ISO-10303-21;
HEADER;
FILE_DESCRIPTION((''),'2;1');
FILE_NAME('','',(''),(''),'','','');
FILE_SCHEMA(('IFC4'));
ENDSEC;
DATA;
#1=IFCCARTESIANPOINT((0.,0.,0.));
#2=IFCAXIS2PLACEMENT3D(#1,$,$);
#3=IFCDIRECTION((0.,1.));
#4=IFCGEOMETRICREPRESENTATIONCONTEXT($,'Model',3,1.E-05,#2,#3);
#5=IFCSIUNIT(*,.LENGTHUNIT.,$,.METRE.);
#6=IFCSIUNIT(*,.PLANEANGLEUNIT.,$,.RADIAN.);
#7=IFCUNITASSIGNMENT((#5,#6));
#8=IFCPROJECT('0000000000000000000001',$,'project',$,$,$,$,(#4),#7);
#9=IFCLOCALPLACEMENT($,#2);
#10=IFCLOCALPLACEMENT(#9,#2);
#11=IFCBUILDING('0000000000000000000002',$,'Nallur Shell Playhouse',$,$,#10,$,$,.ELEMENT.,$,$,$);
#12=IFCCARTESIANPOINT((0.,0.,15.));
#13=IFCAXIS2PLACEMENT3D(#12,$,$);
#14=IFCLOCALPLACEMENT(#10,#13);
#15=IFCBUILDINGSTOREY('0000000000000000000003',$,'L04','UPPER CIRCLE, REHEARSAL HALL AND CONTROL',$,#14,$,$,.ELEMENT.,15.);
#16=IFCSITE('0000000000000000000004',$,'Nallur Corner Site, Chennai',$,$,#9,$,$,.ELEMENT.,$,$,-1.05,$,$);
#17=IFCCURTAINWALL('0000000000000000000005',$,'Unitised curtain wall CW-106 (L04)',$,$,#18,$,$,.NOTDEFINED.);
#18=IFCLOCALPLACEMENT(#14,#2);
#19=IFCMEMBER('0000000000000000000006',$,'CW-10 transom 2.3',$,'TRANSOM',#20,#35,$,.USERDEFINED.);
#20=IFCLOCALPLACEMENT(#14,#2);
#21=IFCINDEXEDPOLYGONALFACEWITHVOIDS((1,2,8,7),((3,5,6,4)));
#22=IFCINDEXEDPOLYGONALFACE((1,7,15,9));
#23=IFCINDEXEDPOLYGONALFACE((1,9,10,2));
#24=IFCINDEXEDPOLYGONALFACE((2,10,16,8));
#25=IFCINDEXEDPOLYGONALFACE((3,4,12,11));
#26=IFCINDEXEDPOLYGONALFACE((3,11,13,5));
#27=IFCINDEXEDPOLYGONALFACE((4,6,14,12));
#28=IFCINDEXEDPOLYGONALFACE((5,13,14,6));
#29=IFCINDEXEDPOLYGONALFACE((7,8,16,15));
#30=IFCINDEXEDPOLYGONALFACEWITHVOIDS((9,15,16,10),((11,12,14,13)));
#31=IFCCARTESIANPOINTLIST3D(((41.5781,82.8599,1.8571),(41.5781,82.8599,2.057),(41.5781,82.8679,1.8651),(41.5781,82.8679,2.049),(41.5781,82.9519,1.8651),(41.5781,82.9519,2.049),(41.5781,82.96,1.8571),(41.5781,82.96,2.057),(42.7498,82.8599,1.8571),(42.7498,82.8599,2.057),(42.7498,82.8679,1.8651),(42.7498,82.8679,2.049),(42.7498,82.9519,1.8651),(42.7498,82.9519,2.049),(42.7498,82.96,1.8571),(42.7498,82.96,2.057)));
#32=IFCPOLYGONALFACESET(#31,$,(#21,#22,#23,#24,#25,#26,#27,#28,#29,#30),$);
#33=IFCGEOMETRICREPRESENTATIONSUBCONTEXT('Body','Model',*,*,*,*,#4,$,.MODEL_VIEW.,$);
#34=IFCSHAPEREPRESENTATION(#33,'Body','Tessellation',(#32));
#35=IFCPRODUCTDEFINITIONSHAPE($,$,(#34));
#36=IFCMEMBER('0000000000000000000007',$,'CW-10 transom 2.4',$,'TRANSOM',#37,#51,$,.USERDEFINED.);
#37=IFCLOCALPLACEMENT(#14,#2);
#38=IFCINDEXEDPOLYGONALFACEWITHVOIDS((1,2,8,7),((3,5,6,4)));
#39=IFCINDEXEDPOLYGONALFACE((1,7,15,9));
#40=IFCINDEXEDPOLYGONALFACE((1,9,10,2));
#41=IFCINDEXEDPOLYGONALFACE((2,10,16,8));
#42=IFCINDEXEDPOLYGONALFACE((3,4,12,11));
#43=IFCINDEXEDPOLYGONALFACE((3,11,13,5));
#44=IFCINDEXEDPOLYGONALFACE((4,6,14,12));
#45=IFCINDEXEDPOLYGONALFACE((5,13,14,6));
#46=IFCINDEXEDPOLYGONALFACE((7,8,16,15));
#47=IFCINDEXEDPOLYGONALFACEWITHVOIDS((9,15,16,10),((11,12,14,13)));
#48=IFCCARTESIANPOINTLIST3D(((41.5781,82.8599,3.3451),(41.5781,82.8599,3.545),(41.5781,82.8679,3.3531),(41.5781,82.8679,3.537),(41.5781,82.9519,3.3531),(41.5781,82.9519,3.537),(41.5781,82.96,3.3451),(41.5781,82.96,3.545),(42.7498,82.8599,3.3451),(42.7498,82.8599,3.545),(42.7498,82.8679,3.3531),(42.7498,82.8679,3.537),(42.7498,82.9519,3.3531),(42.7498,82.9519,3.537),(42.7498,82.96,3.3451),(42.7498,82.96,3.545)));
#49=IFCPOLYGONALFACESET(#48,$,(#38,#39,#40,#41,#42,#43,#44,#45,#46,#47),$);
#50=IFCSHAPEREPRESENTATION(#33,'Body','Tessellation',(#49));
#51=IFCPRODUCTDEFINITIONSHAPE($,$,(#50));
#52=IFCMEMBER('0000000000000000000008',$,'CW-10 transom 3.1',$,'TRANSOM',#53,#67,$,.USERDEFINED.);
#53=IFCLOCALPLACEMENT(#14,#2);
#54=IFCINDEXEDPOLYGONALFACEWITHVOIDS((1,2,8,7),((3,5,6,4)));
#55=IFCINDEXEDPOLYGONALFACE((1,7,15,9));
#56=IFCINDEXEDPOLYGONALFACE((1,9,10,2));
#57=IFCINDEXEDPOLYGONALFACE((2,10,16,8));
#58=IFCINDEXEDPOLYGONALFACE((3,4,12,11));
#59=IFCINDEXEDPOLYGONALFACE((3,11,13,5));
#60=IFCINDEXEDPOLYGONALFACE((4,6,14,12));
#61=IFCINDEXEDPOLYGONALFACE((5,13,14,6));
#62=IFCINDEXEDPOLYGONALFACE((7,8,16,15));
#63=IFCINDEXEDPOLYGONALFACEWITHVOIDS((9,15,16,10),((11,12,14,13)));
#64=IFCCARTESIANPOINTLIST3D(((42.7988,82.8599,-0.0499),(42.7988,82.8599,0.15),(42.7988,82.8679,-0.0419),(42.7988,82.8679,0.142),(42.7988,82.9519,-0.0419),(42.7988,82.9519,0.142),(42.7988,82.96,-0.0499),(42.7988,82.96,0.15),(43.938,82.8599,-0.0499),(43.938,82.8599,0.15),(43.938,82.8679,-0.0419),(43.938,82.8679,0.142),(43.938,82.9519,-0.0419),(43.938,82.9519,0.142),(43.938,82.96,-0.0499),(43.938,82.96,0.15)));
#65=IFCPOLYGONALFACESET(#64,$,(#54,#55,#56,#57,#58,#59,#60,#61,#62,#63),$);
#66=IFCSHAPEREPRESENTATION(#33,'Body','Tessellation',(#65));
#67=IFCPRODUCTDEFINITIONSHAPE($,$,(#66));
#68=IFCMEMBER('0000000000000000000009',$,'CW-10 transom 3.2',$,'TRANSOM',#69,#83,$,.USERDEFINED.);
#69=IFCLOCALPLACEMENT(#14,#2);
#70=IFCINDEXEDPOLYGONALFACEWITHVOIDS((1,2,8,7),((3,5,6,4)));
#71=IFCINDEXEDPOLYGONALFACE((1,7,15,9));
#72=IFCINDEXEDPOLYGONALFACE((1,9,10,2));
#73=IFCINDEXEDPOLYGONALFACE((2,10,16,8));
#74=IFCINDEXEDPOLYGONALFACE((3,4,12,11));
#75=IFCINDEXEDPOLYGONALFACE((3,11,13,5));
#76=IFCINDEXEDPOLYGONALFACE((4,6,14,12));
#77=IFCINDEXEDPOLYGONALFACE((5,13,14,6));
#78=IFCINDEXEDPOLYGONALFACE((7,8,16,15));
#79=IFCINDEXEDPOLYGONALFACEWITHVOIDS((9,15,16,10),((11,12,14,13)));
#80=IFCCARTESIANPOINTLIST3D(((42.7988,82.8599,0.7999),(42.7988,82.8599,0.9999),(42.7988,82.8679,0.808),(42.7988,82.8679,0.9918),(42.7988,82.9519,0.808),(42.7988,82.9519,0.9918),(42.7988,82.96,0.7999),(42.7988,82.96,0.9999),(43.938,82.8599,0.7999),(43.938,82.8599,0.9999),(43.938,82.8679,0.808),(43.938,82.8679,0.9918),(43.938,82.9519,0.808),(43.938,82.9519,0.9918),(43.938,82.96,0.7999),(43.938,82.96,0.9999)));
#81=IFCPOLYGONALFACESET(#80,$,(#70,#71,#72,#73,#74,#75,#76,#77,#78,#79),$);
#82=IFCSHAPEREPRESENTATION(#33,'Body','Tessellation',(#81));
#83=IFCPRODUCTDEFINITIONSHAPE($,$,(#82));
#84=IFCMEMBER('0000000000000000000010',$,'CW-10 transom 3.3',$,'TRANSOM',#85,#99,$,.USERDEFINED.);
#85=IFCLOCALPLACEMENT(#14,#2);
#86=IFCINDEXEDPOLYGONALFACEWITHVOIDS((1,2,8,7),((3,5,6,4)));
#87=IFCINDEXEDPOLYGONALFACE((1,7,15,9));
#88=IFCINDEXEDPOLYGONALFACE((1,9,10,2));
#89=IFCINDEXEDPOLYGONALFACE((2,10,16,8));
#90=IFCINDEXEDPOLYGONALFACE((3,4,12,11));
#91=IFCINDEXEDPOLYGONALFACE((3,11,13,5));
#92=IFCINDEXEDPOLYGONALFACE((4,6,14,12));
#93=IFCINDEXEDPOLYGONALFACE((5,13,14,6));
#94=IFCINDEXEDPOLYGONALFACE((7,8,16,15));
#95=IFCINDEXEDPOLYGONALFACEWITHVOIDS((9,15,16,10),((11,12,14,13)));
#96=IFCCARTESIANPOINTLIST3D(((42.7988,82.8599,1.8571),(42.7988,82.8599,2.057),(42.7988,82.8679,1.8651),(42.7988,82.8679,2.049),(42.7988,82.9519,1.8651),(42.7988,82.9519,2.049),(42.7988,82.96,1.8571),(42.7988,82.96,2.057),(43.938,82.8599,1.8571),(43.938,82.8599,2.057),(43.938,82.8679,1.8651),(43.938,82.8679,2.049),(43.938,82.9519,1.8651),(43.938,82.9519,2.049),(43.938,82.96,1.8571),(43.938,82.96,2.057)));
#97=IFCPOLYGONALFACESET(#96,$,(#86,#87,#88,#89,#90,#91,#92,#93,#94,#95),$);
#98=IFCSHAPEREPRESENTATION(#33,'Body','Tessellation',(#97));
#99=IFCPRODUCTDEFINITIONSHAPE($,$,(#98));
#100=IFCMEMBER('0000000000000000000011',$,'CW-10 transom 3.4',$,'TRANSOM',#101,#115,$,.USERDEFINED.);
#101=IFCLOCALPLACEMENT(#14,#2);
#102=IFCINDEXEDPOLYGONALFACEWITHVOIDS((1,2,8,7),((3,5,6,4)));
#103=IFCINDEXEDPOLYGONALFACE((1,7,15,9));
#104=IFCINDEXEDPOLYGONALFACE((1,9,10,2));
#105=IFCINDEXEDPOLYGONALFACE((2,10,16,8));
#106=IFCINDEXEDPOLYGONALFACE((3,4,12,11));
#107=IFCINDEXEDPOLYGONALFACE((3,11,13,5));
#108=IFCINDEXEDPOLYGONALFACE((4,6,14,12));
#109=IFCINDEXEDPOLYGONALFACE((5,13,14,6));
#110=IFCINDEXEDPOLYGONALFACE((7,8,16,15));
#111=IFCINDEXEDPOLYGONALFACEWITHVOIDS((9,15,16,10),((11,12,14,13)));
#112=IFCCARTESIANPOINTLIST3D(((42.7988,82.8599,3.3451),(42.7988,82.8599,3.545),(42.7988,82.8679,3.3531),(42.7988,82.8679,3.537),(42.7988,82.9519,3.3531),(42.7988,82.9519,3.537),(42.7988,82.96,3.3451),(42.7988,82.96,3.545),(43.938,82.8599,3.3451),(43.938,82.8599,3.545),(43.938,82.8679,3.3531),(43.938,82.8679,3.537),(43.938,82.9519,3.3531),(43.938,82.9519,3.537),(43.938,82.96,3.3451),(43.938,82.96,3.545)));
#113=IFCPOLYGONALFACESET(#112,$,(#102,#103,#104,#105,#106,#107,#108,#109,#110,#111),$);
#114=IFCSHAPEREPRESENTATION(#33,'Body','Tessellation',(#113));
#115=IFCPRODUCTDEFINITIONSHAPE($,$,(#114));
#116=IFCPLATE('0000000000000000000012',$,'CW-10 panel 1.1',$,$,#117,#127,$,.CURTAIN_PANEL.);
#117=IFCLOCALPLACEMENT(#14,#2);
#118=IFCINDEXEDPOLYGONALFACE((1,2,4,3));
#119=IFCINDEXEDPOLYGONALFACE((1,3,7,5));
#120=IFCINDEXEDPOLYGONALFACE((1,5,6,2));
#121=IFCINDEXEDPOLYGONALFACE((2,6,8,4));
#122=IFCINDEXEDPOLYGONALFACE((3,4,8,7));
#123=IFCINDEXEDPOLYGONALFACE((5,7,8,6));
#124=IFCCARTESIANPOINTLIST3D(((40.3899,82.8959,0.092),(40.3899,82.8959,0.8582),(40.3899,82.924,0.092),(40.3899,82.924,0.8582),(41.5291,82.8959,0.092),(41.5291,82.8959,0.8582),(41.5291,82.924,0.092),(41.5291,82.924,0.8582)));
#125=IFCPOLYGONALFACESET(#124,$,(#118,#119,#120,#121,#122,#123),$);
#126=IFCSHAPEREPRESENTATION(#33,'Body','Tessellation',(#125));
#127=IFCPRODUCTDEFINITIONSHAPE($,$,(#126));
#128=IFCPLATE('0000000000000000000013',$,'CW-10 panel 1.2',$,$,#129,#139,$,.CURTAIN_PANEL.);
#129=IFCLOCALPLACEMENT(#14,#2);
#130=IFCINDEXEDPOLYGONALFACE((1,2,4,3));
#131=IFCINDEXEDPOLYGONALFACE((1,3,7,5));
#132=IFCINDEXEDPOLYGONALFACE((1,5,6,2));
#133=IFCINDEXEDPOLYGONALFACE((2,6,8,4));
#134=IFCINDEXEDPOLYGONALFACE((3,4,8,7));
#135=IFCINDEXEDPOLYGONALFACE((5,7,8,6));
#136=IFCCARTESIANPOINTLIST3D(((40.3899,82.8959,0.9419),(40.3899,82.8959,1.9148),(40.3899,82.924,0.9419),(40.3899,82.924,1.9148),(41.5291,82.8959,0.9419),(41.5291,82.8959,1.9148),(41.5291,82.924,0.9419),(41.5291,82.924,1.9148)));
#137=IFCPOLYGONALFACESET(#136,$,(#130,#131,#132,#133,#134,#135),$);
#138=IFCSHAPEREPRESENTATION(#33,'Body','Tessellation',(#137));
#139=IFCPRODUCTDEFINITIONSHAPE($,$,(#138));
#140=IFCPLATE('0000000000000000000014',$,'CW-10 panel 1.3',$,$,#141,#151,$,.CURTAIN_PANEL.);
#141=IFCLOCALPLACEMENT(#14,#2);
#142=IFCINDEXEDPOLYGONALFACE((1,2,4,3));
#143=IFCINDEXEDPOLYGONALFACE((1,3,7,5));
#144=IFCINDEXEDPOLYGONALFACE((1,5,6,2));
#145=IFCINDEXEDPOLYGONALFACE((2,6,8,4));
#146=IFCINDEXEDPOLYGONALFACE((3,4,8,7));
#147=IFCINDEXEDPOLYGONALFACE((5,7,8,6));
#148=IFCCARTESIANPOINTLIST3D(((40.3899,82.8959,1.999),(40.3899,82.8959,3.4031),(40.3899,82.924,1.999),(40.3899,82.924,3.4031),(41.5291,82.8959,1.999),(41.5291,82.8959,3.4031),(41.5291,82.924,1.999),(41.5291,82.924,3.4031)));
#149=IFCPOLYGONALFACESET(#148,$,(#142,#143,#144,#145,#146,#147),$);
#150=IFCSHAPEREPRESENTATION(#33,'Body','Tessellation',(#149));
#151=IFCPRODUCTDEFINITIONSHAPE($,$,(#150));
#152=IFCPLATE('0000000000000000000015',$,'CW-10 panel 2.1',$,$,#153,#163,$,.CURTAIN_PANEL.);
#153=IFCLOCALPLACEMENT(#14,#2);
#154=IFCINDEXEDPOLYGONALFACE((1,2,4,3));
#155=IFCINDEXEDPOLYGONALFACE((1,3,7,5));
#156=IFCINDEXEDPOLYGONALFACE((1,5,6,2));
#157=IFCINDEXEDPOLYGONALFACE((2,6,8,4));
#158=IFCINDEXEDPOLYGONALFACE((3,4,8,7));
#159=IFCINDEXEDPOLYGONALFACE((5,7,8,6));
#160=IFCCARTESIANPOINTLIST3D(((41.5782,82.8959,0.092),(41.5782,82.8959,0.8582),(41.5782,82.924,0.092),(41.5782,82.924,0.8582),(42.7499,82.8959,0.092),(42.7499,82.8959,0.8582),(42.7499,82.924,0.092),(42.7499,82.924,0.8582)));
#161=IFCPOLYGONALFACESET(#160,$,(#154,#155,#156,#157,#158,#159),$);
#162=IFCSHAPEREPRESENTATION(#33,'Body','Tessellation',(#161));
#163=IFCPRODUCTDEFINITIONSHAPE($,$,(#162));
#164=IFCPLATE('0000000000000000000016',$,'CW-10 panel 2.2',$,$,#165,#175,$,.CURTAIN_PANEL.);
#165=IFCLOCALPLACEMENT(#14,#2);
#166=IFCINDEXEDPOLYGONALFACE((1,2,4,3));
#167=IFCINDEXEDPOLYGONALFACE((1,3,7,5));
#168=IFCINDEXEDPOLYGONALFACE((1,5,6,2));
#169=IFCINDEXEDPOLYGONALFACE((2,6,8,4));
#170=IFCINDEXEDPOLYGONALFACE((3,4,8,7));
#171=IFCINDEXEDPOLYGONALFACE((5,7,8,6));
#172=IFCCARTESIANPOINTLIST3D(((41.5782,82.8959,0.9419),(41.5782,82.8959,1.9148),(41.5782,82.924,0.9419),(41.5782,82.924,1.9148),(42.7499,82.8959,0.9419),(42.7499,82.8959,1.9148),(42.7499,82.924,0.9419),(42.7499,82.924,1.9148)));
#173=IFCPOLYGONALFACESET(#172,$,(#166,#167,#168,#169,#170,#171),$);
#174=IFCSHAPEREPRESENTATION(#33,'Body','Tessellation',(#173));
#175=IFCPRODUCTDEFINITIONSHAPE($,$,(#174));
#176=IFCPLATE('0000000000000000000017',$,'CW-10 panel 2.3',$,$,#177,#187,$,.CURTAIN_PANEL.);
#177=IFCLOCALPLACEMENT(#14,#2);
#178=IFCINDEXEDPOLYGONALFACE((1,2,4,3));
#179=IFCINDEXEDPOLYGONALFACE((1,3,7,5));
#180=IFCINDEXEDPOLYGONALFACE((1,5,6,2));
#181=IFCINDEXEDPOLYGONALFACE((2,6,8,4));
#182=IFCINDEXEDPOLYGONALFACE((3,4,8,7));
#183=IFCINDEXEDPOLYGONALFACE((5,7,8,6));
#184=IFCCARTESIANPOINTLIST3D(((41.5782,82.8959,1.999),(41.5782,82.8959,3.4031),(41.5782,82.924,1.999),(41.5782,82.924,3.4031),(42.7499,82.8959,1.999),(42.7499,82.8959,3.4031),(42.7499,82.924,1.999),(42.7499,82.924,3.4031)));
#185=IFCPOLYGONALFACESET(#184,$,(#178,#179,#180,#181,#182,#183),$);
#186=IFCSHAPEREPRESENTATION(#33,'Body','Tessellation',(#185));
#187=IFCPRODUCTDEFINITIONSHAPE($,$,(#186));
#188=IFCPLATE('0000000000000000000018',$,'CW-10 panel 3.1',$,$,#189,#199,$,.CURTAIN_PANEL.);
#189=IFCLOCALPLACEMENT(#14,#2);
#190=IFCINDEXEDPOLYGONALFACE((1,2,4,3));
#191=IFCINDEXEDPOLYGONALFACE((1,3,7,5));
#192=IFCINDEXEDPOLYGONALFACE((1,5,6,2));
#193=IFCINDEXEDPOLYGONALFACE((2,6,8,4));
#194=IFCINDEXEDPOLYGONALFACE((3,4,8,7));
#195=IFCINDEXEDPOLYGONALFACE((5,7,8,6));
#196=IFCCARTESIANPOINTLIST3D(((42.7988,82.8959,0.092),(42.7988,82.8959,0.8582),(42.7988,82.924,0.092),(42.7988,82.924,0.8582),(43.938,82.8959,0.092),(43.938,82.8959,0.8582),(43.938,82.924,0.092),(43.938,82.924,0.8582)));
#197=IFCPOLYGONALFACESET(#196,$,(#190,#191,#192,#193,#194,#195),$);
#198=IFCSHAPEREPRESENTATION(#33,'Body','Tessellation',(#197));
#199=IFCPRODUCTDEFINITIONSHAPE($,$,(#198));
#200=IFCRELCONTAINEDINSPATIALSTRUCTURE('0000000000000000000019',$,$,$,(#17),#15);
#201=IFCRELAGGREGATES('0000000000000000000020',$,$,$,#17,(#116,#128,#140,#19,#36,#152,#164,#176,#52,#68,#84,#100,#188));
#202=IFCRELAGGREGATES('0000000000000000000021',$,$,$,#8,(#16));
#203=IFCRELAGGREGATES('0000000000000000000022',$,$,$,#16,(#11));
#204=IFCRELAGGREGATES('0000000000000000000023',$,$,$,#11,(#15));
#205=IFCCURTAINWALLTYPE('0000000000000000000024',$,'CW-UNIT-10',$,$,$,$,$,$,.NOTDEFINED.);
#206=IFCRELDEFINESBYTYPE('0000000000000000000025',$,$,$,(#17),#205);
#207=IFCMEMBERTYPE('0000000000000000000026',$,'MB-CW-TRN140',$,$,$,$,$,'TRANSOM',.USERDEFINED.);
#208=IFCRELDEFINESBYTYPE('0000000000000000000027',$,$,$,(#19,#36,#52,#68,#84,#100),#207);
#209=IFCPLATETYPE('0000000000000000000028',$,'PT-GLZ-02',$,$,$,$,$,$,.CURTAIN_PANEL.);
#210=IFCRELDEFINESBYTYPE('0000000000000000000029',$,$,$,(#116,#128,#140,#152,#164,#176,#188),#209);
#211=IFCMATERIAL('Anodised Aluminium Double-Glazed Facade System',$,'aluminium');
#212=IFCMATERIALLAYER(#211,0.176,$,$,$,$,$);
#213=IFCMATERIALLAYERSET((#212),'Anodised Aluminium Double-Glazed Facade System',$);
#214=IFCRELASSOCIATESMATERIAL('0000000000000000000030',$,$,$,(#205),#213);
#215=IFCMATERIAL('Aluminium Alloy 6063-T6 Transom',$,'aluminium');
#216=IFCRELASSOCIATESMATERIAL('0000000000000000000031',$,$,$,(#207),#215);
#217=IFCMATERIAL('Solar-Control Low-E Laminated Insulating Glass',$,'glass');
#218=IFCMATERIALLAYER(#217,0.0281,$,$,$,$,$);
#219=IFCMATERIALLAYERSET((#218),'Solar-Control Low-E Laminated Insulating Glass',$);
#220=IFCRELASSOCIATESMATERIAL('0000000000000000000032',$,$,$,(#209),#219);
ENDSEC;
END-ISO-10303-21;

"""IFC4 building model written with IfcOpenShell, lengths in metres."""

from ifc_helpers import new_model, si_unit, direction, frame, origin, origin_2d, place, context, subcontext, project, spatial, rectangle, hollow_rectangle, extrude, material, layer, layer_set, material_profile, profile_set, type_object, element, aggregate, save


model = new_model("IFC4")

# Units and contexts
model_context = context("Model", 3, precision=1e-05, world=origin(), true_north=direction((0.0, 1.0)))
body_context = subcontext(model_context, "Body", "Model", "MODEL_VIEW")
ifc_project = project(units=[si_unit("LENGTHUNIT", "METRE"), si_unit("PLANEANGLEUNIT", "RADIAN")], contexts=[model_context])

# Site, building, storey
site_placement = place(None, origin())
site = spatial("IfcSite", under=ifc_project, at=site_placement, Name="Nallur Corner Site, Chennai", CompositionType="ELEMENT", RefElevation=-1.05)
building_placement = place(site_placement, origin())
building = spatial("IfcBuilding", under=site, at=building_placement, Name="Nallur Shell Playhouse", CompositionType="ELEMENT")
storey_placement = place(building_placement, frame((0.0, 0.0, 15.0)))
storey = spatial("IfcBuildingStorey", under=building, at=storey_placement, Name="L04", Description="UPPER CIRCLE, REHEARSAL HALL AND CONTROL", CompositionType="ELEMENT", Elevation=15.0)

# Shared definitions
ifc_material_1 = material(Name="Anodised Aluminium Double-Glazed Facade System", Category="aluminium")

# Curtain wall
ifc_layer_1 = layer(ifc_material_1, 0.176)
ifc_layer_set_1 = layer_set([ifc_layer_1], Name="Anodised Aluminium Double-Glazed Facade System")
curtain_wall_type_1 = type_object("IfcCurtainWallType", Name="CW-UNIT-10", PredefinedType="NOTDEFINED", material=ifc_layer_set_1)
curtain_wall_1_placement = place(storey_placement, origin())
curtain_wall_1 = element("IfcCurtainWall", 1, at=curtain_wall_1_placement, inside=storey, type_object=curtain_wall_type_1, Name="Unitised curtain wall CW-106 (L04)", PredefinedType="NOTDEFINED")

# Members
ifc_material_2 = material(Name="Aluminium Alloy 6063-T6 Transom", Category="aluminium")
ifc_material_profile_1 = material_profile(ifc_material_2, hollow_rectangle(XDim=0.1001, YDim=0.2, WallThickness=0.0081, at=origin_2d()), Name="RHS 200x100x8")
ifc_profile_set_1 = profile_set([ifc_material_profile_1], Name="Aluminium Alloy 6063-T6 Transom")
member_type_1 = type_object("IfcMemberType", Name="MB-CW-TRN140", ElementType="TRANSOM", PredefinedType="USERDEFINED", material=ifc_profile_set_1)
member_1_placement = place(storey_placement, frame((41.5781, 82.9099, 1.957), z_axis=(1.0, 0.0, 0.0), x_axis=(0.0, 1.0, 0.0)))
member_1 = element("IfcMember", 2, at=member_1_placement, type_object=member_type_1, Name="CW-10 transom 2.3", ObjectType="TRANSOM", PredefinedType="USERDEFINED", context=body_context, shape_type="SweptSolid", body=[
    extrude(hollow_rectangle(XDim=0.1001, YDim=0.2, WallThickness=0.0081, at=origin_2d()), origin(), (0.0, 0.0, 1.0), 1.1716),
])
member_2_placement = place(storey_placement, frame((41.5781, 82.9099, 3.4451), z_axis=(1.0, 0.0, 0.0), x_axis=(0.0, 1.0, 0.0)))
member_2 = element("IfcMember", 3, at=member_2_placement, type_object=member_type_1, Name="CW-10 transom 2.4", ObjectType="TRANSOM", PredefinedType="USERDEFINED", context=body_context, shape_type="SweptSolid", body=[
    extrude(hollow_rectangle(XDim=0.1001, YDim=0.2, WallThickness=0.0081, at=origin_2d()), origin(), (0.0, 0.0, 1.0), 1.1716),
])
member_3_placement = place(storey_placement, frame((42.7988, 82.9099, 0.05), z_axis=(1.0, 0.0, 0.0), x_axis=(0.0, 1.0, 0.0)))
member_3 = element("IfcMember", 4, at=member_3_placement, type_object=member_type_1, Name="CW-10 transom 3.1", ObjectType="TRANSOM", PredefinedType="USERDEFINED", context=body_context, shape_type="SweptSolid", body=[
    extrude(hollow_rectangle(XDim=0.1001, YDim=0.2, WallThickness=0.0081, at=origin_2d()), origin(), (0.0, 0.0, 1.0), 1.1392),
])
member_4_placement = place(storey_placement, frame((42.7988, 82.9099, 0.8999), z_axis=(1.0, 0.0, 0.0), x_axis=(0.0, 1.0, 0.0)))
member_4 = element("IfcMember", 5, at=member_4_placement, type_object=member_type_1, Name="CW-10 transom 3.2", ObjectType="TRANSOM", PredefinedType="USERDEFINED", context=body_context, shape_type="SweptSolid", body=[
    extrude(hollow_rectangle(XDim=0.1001, YDim=0.2, WallThickness=0.0081, at=origin_2d()), origin(), (0.0, 0.0, 1.0), 1.1392),
])
member_5_placement = place(storey_placement, frame((42.7988, 82.9099, 1.957), z_axis=(1.0, 0.0, 0.0), x_axis=(0.0, 1.0, 0.0)))
member_5 = element("IfcMember", 6, at=member_5_placement, type_object=member_type_1, Name="CW-10 transom 3.3", ObjectType="TRANSOM", PredefinedType="USERDEFINED", context=body_context, shape_type="SweptSolid", body=[
    extrude(hollow_rectangle(XDim=0.1001, YDim=0.2, WallThickness=0.0081, at=origin_2d()), origin(), (0.0, 0.0, 1.0), 1.1392),
])
member_6_placement = place(storey_placement, frame((42.7988, 82.9099, 3.4451), z_axis=(1.0, 0.0, 0.0), x_axis=(0.0, 1.0, 0.0)))
member_6 = element("IfcMember", 7, at=member_6_placement, type_object=member_type_1, Name="CW-10 transom 3.4", ObjectType="TRANSOM", PredefinedType="USERDEFINED", context=body_context, shape_type="SweptSolid", body=[
    extrude(hollow_rectangle(XDim=0.1001, YDim=0.2, WallThickness=0.0081, at=origin_2d()), origin(), (0.0, 0.0, 1.0), 1.1392),
])

# Plates
ifc_material_3 = material(Name="Solar-Control Low-E Laminated Insulating Glass", Category="glass")
ifc_layer_2 = layer(ifc_material_3, 0.0281)
ifc_layer_set_2 = layer_set([ifc_layer_2], Name="Solar-Control Low-E Laminated Insulating Glass")
plate_type = type_object("IfcPlateType", Name="PT-GLZ-02", PredefinedType="CURTAIN_PANEL", material=ifc_layer_set_2)
plate_1_placement = place(storey_placement, frame((40.9595, 82.9099, 0.092), z_axis=(0.0, 0.0, 1.0), x_axis=(1.0, 0.0, 0.0)))
plate_1 = element("IfcPlate", 8, at=plate_1_placement, type_object=plate_type, Name="CW-10 panel 1.1", PredefinedType="CURTAIN_PANEL", context=body_context, shape_type="SweptSolid", body=[
    extrude(rectangle(XDim=1.1392, YDim=0.0281, at=origin_2d()), origin(), (0.0, 0.0, 1.0), 0.7661),
])
plate_2_placement = place(storey_placement, frame((40.9595, 82.9099, 0.9419), z_axis=(0.0, 0.0, 1.0), x_axis=(1.0, 0.0, 0.0)))
plate_2 = element("IfcPlate", 9, at=plate_2_placement, type_object=plate_type, Name="CW-10 panel 1.2", PredefinedType="CURTAIN_PANEL", context=body_context, shape_type="SweptSolid", body=[
    extrude(rectangle(XDim=1.1392, YDim=0.0281, at=origin_2d()), origin(), (0.0, 0.0, 1.0), 0.9729),
])
plate_3_placement = place(storey_placement, frame((40.9595, 82.9099, 1.999), z_axis=(0.0, 0.0, 1.0), x_axis=(1.0, 0.0, 0.0)))
plate_3 = element("IfcPlate", 10, at=plate_3_placement, type_object=plate_type, Name="CW-10 panel 1.3", PredefinedType="CURTAIN_PANEL", context=body_context, shape_type="SweptSolid", body=[
    extrude(rectangle(XDim=1.1392, YDim=0.0281, at=origin_2d()), origin(), (0.0, 0.0, 1.0), 1.4041),
])
plate_4_placement = place(storey_placement, frame((42.1641, 82.9099, 0.092), z_axis=(0.0, 0.0, 1.0), x_axis=(1.0, 0.0, 0.0)))
plate_4 = element("IfcPlate", 11, at=plate_4_placement, type_object=plate_type, Name="CW-10 panel 2.1", PredefinedType="CURTAIN_PANEL", context=body_context, shape_type="SweptSolid", body=[
    extrude(rectangle(XDim=1.1716, YDim=0.0281, at=origin_2d()), origin(), (0.0, 0.0, 1.0), 0.7661),
])
plate_5_placement = place(storey_placement, frame((42.1641, 82.9099, 0.9419), z_axis=(0.0, 0.0, 1.0), x_axis=(1.0, 0.0, 0.0)))
plate_5 = element("IfcPlate", 12, at=plate_5_placement, type_object=plate_type, Name="CW-10 panel 2.2", PredefinedType="CURTAIN_PANEL", context=body_context, shape_type="SweptSolid", body=[
    extrude(rectangle(XDim=1.1716, YDim=0.0281, at=origin_2d()), origin(), (0.0, 0.0, 1.0), 0.9729),
])
plate_6_placement = place(storey_placement, frame((42.1641, 82.9099, 1.999), z_axis=(0.0, 0.0, 1.0), x_axis=(1.0, 0.0, 0.0)))
plate_6 = element("IfcPlate", 13, at=plate_6_placement, type_object=plate_type, Name="CW-10 panel 2.3", PredefinedType="CURTAIN_PANEL", context=body_context, shape_type="SweptSolid", body=[
    extrude(rectangle(XDim=1.1716, YDim=0.0281, at=origin_2d()), origin(), (0.0, 0.0, 1.0), 1.4041),
])
plate_7_placement = place(storey_placement, frame((43.3684, 82.9099, 0.092), z_axis=(0.0, 0.0, 1.0), x_axis=(1.0, 0.0, 0.0)))
plate_7 = element("IfcPlate", 14, at=plate_7_placement, type_object=plate_type, Name="CW-10 panel 3.1", PredefinedType="CURTAIN_PANEL", context=body_context, shape_type="SweptSolid", body=[
    extrude(rectangle(XDim=1.1392, YDim=0.0281, at=origin_2d()), origin(), (0.0, 0.0, 1.0), 0.7661),
])
aggregate(curtain_wall_1, [plate_1, plate_2, plate_3, member_1, member_2, plate_4, plate_5, plate_6, member_3, member_4, member_5, member_6, plate_7])

save(model, "model.ifc")
